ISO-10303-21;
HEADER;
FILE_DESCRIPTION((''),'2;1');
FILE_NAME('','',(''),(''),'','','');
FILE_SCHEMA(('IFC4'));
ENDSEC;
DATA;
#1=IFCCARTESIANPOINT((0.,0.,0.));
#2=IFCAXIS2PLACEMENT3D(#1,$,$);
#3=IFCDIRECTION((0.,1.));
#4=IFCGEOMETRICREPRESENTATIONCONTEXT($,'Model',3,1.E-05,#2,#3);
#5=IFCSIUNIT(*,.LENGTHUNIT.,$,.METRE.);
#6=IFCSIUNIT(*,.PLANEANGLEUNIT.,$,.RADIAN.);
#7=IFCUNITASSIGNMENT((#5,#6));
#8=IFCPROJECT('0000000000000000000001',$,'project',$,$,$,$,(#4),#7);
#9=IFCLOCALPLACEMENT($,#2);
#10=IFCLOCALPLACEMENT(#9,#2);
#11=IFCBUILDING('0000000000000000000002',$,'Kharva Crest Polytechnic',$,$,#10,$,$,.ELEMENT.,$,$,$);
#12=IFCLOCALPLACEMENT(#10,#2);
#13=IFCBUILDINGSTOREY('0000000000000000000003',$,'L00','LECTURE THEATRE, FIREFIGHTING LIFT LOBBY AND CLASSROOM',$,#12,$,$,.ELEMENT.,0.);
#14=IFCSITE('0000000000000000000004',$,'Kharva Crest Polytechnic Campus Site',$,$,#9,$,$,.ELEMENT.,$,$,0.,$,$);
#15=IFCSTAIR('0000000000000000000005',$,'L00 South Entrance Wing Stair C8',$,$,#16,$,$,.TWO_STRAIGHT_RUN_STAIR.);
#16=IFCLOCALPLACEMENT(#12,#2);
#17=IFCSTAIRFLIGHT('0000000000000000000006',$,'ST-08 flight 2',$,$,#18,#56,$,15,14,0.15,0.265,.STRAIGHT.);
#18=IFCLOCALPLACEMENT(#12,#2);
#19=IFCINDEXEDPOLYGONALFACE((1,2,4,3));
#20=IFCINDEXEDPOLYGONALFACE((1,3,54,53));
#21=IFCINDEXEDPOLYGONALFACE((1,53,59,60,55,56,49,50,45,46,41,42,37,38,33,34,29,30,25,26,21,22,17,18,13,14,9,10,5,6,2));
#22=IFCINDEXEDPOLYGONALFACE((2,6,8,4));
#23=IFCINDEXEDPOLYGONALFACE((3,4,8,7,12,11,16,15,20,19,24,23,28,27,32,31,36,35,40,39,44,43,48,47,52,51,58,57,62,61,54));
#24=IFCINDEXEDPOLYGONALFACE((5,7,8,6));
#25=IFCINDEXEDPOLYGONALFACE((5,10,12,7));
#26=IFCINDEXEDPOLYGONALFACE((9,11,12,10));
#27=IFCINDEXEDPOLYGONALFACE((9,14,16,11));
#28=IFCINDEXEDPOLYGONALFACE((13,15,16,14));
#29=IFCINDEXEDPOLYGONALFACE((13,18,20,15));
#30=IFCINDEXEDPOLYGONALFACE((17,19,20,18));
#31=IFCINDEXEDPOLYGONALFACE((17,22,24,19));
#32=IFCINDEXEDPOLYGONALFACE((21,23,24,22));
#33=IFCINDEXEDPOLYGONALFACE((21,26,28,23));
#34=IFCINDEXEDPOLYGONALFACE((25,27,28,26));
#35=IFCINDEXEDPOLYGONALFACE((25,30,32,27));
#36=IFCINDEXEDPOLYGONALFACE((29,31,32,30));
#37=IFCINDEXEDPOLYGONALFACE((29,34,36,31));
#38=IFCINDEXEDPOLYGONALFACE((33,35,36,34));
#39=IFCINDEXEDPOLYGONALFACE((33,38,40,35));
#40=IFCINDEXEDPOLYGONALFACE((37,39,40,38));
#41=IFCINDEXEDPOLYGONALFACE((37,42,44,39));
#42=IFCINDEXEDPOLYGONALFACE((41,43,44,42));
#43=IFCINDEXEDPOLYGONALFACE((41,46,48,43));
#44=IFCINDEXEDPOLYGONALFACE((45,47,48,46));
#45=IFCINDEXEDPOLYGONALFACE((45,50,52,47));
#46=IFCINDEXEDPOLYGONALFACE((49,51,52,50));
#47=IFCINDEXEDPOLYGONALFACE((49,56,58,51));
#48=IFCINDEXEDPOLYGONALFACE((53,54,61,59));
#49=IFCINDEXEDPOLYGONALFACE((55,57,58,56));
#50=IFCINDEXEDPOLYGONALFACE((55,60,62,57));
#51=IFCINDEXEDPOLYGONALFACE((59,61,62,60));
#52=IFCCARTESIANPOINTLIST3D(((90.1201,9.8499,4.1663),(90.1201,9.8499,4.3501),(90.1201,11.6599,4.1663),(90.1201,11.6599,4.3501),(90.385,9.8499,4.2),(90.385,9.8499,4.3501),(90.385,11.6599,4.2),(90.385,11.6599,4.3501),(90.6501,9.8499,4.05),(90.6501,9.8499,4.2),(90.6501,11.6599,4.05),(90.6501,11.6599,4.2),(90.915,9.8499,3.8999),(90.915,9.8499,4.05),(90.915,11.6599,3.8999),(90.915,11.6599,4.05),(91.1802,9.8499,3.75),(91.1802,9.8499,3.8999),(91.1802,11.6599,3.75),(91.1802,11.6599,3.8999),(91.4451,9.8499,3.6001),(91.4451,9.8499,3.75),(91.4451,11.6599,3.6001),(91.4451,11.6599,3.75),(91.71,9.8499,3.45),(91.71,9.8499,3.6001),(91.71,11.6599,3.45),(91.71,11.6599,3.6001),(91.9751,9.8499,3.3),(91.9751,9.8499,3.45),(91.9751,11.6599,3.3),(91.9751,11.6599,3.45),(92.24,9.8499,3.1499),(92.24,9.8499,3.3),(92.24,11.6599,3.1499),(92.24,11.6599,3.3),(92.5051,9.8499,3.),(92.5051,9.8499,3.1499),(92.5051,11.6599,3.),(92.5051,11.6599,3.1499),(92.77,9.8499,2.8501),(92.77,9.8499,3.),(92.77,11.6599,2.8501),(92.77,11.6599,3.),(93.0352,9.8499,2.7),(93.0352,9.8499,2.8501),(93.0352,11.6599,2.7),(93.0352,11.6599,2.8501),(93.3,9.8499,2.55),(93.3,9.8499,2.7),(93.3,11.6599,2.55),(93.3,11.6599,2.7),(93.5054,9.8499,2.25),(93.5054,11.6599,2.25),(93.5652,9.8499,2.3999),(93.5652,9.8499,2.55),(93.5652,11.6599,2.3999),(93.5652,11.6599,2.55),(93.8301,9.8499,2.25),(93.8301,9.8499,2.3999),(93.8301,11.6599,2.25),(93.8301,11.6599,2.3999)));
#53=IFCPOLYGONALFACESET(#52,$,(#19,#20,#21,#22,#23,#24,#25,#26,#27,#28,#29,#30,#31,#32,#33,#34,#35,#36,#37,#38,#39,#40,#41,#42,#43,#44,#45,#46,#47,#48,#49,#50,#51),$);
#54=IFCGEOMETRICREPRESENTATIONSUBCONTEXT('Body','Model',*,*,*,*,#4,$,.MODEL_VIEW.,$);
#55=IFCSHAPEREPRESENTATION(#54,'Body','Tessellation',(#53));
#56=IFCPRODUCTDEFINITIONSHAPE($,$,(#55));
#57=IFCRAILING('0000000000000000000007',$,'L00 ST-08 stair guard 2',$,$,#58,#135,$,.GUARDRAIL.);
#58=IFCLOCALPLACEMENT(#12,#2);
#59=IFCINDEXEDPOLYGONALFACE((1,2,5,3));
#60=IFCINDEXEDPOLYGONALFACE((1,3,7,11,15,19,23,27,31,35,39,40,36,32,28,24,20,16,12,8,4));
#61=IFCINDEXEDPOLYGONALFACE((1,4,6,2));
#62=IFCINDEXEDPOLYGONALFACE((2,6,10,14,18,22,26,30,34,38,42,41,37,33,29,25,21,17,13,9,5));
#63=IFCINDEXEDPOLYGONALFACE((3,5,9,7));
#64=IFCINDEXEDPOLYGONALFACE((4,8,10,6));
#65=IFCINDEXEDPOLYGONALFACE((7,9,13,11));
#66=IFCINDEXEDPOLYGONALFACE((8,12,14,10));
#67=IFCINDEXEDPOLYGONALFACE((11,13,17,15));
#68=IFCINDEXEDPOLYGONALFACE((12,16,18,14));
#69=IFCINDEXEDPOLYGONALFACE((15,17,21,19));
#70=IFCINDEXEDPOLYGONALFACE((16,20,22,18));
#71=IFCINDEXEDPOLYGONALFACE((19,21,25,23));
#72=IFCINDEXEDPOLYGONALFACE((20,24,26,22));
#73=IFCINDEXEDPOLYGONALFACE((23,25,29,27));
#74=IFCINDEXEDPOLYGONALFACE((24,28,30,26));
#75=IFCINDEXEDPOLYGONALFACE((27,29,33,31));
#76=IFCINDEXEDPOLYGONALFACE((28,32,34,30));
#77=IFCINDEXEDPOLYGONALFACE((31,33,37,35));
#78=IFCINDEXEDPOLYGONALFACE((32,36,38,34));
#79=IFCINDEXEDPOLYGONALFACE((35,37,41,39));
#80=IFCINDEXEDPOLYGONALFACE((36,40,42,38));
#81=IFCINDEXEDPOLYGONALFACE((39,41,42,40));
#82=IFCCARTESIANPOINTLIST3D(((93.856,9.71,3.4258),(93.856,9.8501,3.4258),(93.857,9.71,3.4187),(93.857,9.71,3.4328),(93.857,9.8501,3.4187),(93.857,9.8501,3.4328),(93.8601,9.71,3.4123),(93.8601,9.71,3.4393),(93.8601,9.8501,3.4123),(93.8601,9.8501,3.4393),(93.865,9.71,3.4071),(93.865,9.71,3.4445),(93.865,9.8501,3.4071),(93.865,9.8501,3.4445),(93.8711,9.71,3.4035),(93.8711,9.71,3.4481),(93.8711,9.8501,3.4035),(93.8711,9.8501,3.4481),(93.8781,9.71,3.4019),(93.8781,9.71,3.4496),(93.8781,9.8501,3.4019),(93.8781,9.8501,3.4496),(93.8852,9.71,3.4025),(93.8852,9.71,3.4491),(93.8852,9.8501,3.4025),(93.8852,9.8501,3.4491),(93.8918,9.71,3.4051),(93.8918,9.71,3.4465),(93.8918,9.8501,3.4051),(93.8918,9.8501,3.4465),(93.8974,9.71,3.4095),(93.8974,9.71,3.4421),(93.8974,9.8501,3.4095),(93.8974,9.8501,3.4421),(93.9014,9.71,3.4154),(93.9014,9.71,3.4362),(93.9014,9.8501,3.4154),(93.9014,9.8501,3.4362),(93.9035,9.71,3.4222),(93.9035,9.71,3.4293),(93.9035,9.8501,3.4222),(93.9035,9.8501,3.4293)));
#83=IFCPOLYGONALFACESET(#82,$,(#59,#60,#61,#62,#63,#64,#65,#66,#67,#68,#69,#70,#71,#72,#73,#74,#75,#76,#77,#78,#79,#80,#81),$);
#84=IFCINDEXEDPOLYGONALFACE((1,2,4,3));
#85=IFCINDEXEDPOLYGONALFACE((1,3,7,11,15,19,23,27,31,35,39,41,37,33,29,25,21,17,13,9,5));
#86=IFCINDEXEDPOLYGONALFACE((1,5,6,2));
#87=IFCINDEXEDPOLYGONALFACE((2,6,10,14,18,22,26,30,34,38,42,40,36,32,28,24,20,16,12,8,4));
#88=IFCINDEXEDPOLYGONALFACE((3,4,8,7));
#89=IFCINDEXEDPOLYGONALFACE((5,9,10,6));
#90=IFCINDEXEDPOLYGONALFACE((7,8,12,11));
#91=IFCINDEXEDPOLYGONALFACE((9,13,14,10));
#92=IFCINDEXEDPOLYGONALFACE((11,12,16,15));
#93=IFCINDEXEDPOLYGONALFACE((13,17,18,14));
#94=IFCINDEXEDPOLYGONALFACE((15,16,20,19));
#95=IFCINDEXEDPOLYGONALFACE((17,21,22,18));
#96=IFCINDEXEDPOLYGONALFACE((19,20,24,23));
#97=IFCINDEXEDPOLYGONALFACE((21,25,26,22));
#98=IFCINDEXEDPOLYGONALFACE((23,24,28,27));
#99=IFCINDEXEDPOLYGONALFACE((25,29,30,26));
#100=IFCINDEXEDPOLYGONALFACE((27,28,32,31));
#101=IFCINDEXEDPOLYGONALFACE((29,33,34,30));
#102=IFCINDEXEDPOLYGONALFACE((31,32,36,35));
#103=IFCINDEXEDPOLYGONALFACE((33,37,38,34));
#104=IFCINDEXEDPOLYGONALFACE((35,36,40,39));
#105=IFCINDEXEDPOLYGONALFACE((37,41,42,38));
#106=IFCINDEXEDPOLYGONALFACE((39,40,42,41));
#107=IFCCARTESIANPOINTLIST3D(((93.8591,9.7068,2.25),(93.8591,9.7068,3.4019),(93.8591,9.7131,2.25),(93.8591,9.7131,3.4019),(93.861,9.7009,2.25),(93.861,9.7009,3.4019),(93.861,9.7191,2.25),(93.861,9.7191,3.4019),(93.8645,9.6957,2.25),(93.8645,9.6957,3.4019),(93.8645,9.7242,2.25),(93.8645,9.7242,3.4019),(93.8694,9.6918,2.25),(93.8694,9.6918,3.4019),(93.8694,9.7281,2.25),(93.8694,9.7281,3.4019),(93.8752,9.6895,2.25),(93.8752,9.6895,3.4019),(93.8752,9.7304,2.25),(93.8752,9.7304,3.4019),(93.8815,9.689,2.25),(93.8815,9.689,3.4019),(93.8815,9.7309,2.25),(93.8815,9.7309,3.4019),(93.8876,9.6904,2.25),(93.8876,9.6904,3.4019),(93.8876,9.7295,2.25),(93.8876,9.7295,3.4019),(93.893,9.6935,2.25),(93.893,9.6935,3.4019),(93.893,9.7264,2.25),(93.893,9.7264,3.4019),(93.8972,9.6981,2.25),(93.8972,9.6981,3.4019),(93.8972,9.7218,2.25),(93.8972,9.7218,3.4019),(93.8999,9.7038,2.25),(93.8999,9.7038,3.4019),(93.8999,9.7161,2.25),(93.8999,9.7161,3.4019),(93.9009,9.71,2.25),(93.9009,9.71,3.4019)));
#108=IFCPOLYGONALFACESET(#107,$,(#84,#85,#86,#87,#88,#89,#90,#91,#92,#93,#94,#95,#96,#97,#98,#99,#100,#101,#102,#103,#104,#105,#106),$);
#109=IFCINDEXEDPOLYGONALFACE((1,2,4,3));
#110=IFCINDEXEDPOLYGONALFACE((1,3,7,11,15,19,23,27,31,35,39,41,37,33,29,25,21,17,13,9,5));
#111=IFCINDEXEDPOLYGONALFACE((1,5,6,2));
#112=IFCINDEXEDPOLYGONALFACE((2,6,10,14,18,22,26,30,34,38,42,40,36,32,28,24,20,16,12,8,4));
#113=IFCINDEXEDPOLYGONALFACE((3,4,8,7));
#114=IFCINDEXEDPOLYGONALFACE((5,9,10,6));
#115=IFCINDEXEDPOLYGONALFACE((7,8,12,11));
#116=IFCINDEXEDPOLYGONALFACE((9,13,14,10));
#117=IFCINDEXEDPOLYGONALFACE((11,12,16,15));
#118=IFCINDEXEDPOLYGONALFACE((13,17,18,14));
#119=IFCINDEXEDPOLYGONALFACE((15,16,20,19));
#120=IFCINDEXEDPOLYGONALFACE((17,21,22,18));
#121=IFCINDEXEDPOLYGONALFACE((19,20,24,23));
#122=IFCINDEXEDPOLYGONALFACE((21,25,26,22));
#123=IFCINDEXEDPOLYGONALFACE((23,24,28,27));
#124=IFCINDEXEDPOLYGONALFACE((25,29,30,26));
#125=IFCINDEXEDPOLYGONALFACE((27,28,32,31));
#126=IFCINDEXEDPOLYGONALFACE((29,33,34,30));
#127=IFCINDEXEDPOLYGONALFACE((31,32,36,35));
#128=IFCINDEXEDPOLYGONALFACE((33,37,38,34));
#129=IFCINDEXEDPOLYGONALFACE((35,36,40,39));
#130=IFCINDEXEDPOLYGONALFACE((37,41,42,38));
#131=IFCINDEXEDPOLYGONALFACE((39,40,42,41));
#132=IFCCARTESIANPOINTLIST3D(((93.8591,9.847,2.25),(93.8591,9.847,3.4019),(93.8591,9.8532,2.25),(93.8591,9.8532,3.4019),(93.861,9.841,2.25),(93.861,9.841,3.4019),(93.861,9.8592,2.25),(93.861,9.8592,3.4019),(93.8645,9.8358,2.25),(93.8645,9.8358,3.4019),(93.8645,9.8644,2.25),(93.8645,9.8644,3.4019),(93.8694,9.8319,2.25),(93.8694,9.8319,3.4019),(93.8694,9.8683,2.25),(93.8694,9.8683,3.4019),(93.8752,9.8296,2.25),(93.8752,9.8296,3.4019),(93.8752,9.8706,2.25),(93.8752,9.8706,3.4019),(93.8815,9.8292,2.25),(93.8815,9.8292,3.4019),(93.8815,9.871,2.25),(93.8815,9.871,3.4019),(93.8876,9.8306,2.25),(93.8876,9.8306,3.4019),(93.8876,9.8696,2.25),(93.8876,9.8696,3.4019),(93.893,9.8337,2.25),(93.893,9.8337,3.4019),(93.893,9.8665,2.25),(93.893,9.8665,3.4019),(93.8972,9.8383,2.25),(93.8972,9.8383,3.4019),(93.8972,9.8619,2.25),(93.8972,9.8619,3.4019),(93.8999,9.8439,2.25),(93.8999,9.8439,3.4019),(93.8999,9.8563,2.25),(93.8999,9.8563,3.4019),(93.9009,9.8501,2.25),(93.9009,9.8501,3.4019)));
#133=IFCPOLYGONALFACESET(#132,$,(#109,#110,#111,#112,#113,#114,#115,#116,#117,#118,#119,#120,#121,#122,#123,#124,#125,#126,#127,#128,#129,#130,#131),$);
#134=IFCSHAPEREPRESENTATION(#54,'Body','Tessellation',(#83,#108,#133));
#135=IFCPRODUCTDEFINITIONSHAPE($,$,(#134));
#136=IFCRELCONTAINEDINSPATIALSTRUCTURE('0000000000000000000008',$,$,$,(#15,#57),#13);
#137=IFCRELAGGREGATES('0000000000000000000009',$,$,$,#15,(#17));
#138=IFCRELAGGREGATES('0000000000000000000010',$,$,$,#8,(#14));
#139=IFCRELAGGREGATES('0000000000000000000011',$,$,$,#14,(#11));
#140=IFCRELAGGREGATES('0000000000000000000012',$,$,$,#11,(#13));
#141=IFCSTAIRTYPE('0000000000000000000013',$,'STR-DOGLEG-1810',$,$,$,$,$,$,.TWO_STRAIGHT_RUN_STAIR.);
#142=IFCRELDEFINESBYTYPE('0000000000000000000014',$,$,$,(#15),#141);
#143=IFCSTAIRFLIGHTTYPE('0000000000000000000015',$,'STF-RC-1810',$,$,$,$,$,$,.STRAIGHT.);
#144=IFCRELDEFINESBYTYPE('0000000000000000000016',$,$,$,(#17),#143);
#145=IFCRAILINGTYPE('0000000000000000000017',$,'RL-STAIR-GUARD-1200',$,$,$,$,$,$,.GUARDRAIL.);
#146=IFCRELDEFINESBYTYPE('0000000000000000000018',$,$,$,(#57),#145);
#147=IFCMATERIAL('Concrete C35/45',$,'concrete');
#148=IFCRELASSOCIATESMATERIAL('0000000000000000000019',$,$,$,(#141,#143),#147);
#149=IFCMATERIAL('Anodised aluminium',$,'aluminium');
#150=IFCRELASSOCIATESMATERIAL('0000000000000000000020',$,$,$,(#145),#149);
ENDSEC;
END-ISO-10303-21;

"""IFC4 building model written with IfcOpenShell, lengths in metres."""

from ifc_helpers import new_model, si_unit, direction, frame, origin, origin_2d, place, context, subcontext, project, spatial, polyline, circle, outline, extrude, material, type_object, element, aggregate, save


model = new_model("IFC4")

# Units and contexts
model_context = context("Model", 3, precision=1e-05, world=origin(), true_north=direction((0.0, 1.0)))
body_context = subcontext(model_context, "Body", "Model", "MODEL_VIEW")
ifc_project = project(units=[si_unit("LENGTHUNIT", "METRE"), si_unit("PLANEANGLEUNIT", "RADIAN")], contexts=[model_context])

# Site, building, storey
site_placement = place(None, origin())
site = spatial("IfcSite", under=ifc_project, at=site_placement, Name="Kharva Crest Polytechnic Campus Site", CompositionType="ELEMENT", RefElevation=0.0)
building_placement = place(site_placement, origin())
building = spatial("IfcBuilding", under=site, at=building_placement, Name="Kharva Crest Polytechnic", CompositionType="ELEMENT")
storey_placement = place(building_placement, origin())
storey = spatial("IfcBuildingStorey", under=building, at=storey_placement, Name="L00", Description="LECTURE THEATRE, FIREFIGHTING LIFT LOBBY AND CLASSROOM", CompositionType="ELEMENT", Elevation=0.0)

# Shared definitions
ifc_material_1 = material(Name="Concrete C35/45", Category="concrete")

# Shared definitions
ifc_material_2 = material(Name="Anodised aluminium", Category="aluminium")

# Stair, stair flight
stair_type = type_object("IfcStairType", Name="STR-DOGLEG-1810", PredefinedType="TWO_STRAIGHT_RUN_STAIR", material=ifc_material_1)
stair_placement = place(storey_placement, origin())
stair = element("IfcStair", 1, at=stair_placement, inside=storey, type_object=stair_type, Name="L00 South Entrance Wing Stair C8", PredefinedType="TWO_STRAIGHT_RUN_STAIR")
stair_flight_type = type_object("IfcStairFlightType", Name="STF-RC-1810", PredefinedType="STRAIGHT", material=ifc_material_1)
stair_flight_placement = place(storey_placement, frame((93.8301, 10.7549, 2.25), z_axis=(0.0, 0.0, 1.0), x_axis=(-1.0, 0.0, 0.0)))
stair_flight = element("IfcStairFlight", 2, at=stair_flight_placement, type_object=stair_flight_type, Name="ST-08 flight 2", NumberOfRisers=15, NumberOfTreads=14, PredefinedType="STRAIGHT", RiserHeight=0.15, TreadLength=0.265, context=body_context, shape_type="SweptSolid", body=[
    extrude(outline(polyline([(0.0, 0.0), (0.0, 0.1499), (0.2649, 0.1499), (0.2649, 0.3), (0.53, 0.3), (0.53, 0.45), (0.7949, 0.45), (0.7949, 0.6001), (1.0601, 0.6001), (1.0601, 0.75), (1.325, 0.75), (1.325, 0.8999), (1.5901, 0.8999), (1.5901, 1.05), (1.855, 1.05), (1.855, 1.2), (2.1201, 1.2), (2.1201, 1.3501), (2.385, 1.3501), (2.385, 1.5), (2.6499, 1.5), (2.6499, 1.6499), (2.915, 1.6499), (2.915, 1.8), (3.1799, 1.8), (3.1799, 1.95), (3.4451, 1.95), (3.4451, 2.1001), (3.71, 2.1001), (3.71, 2.25), (3.71, 1.9163), (0.3247, 0.0), (0.0, 0.0)])), frame((0.0, 0.905, 0.0), z_axis=(0.0, -1.0, 0.0), x_axis=(1.0, 0.0, 0.0)), (0.0, 0.0, 1.0), 1.8101),
])
aggregate(stair, [stair_flight])

# Railing
railing_type_1 = type_object("IfcRailingType", Name="RL-STAIR-GUARD-1200", PredefinedType="GUARDRAIL", material=ifc_material_2)
railing_1_placement = place(storey_placement, frame((93.8799, 9.71, 2.25)))
element("IfcRailing", 3, at=railing_1_placement, inside=storey, type_object=railing_type_1, Name="L00 ST-08 stair guard 2", PredefinedType="GUARDRAIL", context=body_context, shape_type="SweptSolid", body=[
    extrude(circle(Radius=0.0239, at=origin_2d()), frame((0.0, 0.0, 1.1758), z_axis=(0.0, 1.0, 0.0), x_axis=(-1.0, 0.0, 0.0)), (0.0, 0.0, 1.0), 0.1401),
    extrude(circle(Radius=0.021, at=origin_2d()), origin(), (0.0, 0.0, 1.0), 1.1519),
    extrude(circle(Radius=0.021, at=origin_2d()), frame((0.0, 0.1401, 0.0)), (0.0, 0.0, 1.0), 1.1519),
])

save(model, "model.ifc")
